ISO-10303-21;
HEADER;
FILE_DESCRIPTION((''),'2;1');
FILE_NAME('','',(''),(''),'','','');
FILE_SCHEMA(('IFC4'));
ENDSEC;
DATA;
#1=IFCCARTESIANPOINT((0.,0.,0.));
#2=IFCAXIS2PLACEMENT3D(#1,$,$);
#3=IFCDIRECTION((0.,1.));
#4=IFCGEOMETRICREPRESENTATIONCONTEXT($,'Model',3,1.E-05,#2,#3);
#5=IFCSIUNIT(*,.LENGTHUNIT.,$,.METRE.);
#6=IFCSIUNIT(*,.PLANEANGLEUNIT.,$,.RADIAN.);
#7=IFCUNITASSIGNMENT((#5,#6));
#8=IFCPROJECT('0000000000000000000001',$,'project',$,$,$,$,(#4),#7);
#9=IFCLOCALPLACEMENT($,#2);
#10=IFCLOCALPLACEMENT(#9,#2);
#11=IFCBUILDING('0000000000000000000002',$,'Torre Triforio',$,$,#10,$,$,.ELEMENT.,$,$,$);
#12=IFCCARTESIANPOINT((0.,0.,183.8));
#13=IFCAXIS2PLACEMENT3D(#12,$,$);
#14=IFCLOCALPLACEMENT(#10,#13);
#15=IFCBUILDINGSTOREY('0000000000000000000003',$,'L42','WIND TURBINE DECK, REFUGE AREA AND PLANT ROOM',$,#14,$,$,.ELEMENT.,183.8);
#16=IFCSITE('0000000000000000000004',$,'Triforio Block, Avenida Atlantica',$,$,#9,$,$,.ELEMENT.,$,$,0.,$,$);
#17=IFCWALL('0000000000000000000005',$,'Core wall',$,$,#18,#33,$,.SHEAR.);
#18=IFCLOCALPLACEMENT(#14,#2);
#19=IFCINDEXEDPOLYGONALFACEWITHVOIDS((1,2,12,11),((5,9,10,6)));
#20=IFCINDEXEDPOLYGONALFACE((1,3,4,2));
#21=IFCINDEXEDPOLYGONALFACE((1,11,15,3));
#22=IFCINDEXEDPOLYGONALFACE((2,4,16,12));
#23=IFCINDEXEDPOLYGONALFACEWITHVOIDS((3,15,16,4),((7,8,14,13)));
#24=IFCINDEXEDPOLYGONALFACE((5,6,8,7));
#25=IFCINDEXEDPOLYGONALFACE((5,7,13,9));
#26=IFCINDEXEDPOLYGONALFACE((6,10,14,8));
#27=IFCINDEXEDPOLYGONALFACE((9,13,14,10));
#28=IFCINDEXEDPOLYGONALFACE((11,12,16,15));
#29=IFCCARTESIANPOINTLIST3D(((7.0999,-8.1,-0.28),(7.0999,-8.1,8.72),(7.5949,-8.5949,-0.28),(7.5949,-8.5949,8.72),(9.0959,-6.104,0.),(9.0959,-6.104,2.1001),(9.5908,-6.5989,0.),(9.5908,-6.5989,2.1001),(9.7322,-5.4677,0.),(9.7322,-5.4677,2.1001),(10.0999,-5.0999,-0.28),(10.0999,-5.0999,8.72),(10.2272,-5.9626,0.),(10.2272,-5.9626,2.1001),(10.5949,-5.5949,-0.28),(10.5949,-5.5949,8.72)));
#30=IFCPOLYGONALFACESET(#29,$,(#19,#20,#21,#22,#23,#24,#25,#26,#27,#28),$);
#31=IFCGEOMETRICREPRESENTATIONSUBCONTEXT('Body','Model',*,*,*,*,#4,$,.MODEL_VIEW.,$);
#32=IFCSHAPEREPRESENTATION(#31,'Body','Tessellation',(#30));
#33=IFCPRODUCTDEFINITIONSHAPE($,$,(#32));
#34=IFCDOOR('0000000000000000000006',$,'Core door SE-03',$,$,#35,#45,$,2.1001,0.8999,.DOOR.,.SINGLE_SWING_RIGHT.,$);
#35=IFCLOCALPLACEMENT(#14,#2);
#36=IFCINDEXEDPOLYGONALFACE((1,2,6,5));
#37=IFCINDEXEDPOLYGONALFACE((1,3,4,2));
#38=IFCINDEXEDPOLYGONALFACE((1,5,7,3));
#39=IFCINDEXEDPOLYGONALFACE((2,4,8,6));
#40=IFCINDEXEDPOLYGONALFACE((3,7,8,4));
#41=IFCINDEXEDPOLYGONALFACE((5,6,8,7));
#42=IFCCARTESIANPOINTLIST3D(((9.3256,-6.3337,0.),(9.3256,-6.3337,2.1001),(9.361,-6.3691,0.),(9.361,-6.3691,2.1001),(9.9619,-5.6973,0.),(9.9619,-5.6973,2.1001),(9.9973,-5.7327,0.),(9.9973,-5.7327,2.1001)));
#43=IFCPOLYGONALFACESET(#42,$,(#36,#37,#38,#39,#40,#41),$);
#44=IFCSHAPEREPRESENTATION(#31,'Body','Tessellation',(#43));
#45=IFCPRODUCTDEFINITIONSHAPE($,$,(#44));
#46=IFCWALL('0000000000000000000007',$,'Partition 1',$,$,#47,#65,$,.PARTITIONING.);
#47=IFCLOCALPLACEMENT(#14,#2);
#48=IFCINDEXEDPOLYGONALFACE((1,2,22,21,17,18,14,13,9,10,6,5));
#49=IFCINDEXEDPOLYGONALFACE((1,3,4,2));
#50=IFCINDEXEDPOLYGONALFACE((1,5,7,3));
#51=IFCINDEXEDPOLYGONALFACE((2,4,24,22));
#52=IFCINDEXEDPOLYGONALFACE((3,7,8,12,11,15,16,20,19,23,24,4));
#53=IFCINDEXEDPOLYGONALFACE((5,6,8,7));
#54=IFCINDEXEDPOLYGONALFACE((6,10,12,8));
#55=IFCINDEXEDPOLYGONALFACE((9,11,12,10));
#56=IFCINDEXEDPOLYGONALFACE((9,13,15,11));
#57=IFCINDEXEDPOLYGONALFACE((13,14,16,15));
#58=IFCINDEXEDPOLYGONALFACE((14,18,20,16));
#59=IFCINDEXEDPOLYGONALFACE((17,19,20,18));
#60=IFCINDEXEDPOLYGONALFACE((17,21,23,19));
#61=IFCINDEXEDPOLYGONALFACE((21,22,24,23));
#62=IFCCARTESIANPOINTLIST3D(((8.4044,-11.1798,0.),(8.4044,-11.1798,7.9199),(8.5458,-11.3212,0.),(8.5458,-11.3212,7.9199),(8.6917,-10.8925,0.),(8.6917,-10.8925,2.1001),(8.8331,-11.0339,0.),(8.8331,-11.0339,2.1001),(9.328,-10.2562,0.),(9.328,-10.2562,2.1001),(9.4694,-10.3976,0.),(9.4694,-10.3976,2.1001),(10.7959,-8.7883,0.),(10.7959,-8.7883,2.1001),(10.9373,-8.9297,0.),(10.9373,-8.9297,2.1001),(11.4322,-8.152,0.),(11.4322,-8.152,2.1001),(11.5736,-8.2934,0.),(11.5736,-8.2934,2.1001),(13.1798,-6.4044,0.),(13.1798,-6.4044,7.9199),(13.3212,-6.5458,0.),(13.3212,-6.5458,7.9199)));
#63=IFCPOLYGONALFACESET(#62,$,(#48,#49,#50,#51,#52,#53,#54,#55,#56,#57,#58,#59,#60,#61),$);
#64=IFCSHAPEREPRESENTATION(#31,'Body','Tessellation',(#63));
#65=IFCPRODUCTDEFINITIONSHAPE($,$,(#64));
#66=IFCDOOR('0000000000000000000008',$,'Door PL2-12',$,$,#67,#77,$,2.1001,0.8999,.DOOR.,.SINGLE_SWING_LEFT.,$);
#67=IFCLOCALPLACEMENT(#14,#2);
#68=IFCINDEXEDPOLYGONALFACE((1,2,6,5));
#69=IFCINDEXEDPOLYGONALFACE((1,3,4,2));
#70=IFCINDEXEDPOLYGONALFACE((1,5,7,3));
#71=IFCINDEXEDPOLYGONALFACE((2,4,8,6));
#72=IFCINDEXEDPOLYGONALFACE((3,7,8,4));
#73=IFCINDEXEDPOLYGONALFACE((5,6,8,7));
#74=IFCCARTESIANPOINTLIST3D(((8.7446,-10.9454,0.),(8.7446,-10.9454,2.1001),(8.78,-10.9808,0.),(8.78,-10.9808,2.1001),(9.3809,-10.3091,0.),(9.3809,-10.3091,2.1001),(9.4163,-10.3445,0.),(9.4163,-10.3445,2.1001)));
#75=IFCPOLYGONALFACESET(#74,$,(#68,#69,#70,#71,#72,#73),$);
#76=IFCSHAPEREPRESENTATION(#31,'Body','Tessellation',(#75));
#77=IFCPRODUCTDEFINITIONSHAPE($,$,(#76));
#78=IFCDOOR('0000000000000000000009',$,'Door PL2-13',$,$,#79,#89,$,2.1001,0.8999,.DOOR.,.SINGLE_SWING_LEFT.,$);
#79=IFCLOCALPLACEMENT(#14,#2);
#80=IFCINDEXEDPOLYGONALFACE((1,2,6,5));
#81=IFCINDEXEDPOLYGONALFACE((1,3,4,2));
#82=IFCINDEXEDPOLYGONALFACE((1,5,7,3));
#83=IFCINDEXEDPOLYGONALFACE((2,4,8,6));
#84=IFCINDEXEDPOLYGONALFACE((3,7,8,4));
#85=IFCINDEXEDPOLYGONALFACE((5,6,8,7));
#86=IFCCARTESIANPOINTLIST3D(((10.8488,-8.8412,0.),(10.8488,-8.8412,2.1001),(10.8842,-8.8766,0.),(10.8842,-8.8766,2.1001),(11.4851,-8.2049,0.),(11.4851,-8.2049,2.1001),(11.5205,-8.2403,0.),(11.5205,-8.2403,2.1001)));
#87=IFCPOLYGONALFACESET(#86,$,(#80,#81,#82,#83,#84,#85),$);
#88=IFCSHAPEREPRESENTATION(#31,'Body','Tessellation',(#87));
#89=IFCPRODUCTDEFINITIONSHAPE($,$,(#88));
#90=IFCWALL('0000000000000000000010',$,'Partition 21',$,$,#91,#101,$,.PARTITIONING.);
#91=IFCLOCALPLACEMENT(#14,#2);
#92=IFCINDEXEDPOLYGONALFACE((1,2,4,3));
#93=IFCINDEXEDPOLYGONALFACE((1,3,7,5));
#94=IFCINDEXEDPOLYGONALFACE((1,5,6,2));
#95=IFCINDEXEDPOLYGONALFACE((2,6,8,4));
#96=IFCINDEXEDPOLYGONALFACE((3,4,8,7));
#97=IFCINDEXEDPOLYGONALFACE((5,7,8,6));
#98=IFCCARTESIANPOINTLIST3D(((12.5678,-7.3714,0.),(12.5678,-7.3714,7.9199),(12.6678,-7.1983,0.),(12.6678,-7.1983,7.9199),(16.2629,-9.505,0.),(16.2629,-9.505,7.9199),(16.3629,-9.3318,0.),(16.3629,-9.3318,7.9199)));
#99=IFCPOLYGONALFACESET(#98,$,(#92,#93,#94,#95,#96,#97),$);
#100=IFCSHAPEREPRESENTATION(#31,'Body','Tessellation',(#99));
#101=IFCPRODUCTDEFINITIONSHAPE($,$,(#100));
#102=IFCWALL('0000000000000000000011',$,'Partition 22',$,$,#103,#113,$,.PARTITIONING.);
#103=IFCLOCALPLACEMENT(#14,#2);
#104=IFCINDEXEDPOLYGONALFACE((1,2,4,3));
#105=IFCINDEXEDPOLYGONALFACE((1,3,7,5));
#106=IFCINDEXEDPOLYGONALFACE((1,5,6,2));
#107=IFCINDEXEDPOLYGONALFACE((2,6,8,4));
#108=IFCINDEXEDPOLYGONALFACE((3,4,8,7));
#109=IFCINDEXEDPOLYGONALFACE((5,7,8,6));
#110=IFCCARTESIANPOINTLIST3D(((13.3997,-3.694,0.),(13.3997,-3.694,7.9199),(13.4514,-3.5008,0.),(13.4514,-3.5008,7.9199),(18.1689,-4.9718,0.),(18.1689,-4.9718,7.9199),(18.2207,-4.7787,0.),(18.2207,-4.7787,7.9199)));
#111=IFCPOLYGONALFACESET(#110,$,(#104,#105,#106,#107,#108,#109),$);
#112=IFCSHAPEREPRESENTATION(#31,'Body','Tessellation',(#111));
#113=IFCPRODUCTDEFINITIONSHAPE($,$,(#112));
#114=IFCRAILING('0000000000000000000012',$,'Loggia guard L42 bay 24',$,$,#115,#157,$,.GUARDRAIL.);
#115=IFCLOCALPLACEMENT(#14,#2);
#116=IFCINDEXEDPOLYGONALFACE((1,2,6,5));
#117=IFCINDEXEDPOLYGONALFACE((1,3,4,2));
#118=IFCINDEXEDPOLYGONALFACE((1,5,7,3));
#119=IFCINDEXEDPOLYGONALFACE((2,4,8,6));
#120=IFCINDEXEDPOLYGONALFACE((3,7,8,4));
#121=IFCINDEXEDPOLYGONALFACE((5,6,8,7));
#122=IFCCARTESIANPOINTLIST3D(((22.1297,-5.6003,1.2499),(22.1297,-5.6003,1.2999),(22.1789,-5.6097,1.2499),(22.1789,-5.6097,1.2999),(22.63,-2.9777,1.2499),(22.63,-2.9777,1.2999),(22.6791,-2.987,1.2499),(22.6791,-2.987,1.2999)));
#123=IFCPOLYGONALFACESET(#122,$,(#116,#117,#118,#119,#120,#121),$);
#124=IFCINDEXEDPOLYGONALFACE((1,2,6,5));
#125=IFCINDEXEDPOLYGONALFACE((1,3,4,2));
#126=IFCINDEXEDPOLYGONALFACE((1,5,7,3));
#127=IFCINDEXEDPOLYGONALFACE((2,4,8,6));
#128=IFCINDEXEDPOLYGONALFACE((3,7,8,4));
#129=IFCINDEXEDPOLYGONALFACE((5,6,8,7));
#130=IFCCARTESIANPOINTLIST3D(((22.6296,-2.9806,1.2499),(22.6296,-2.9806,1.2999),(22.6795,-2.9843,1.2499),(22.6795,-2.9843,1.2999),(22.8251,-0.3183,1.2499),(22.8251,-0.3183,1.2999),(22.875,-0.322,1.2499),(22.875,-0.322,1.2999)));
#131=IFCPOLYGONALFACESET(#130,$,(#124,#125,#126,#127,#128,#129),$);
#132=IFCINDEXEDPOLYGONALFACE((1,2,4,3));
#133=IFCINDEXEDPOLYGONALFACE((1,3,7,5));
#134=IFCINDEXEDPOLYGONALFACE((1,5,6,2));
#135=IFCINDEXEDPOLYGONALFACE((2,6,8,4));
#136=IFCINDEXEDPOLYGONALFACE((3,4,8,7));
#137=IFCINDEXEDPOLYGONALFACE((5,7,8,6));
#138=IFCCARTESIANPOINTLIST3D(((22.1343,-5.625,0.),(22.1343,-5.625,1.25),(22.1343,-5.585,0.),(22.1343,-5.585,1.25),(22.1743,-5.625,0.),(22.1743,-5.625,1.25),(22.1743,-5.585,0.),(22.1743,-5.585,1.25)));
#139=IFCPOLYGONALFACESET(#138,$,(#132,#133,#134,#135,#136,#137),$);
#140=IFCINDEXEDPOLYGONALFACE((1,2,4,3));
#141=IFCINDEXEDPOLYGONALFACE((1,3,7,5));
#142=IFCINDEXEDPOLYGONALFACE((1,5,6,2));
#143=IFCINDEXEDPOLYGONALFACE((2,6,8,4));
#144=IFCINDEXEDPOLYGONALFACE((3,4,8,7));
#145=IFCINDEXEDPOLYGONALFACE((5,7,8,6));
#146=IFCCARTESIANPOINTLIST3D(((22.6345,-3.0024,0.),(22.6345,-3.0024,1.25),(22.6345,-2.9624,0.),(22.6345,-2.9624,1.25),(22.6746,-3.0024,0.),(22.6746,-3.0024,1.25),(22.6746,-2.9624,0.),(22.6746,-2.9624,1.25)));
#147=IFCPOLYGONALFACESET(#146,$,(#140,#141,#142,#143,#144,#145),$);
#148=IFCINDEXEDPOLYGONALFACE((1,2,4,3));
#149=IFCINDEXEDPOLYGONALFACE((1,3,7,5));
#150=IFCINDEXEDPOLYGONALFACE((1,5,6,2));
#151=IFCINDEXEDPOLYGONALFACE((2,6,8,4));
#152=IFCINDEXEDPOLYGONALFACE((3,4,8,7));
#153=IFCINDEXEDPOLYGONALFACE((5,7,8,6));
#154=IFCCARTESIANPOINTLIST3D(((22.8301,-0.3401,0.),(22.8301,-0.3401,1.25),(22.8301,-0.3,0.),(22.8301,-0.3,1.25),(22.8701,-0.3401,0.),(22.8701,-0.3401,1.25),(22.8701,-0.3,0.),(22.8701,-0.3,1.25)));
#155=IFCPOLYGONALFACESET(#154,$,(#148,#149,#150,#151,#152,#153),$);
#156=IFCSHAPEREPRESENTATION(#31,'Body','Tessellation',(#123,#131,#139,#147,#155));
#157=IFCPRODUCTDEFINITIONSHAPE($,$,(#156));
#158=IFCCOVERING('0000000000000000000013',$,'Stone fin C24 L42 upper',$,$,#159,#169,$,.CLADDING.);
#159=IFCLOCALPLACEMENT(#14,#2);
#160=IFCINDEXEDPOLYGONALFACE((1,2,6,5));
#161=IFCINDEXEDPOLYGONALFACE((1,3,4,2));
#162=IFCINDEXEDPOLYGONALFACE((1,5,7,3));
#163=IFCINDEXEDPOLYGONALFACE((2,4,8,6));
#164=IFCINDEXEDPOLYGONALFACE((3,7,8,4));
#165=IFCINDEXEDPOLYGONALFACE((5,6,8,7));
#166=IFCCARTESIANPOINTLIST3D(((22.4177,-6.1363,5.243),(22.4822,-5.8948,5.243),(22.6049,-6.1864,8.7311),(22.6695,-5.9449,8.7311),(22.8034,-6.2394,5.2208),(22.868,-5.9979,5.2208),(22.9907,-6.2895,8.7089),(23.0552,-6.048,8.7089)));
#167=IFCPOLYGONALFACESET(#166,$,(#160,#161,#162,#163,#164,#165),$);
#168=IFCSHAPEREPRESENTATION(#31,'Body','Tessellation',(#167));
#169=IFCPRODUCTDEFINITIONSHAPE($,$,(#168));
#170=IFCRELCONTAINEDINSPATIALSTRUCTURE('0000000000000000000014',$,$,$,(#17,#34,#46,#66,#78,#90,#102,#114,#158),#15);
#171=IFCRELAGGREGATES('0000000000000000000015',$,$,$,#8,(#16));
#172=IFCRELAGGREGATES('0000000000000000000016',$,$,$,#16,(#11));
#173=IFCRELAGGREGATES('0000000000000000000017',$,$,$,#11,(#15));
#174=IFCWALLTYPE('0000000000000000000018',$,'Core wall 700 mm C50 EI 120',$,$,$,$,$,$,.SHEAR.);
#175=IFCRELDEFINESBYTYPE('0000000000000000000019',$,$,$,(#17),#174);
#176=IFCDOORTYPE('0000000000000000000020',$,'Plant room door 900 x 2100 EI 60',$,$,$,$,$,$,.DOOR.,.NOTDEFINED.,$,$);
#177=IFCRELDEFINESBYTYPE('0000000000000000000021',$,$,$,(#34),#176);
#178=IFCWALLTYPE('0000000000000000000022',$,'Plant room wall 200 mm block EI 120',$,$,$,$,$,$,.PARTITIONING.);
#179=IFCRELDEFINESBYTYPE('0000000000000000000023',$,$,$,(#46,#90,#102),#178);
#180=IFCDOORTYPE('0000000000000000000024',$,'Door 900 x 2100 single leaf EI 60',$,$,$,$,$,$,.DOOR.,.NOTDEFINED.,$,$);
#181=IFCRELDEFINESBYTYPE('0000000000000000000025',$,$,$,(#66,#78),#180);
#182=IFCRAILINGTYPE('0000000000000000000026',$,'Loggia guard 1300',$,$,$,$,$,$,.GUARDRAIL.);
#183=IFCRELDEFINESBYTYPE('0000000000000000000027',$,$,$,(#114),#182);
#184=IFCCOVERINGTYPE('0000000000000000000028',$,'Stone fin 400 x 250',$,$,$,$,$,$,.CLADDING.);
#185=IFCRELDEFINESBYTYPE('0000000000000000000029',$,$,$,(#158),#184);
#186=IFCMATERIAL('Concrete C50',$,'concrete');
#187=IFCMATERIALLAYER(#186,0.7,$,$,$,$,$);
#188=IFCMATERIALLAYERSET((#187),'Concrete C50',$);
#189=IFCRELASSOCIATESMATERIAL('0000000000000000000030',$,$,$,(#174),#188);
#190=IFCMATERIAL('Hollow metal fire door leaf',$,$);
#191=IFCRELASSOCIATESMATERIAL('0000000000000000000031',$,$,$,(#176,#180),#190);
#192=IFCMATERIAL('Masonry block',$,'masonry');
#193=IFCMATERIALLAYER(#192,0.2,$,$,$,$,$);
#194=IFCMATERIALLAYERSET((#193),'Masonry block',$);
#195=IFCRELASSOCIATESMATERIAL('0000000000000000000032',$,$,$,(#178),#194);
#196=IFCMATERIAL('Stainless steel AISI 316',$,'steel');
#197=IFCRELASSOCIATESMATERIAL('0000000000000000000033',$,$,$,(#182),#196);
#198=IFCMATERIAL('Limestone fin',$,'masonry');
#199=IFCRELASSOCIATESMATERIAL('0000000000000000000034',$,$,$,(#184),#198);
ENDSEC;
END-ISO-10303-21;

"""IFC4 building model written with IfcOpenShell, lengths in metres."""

from ifc_helpers import new_model, si_unit, direction, frame, frame_2d, origin, origin_2d, place, context, subcontext, project, spatial, rectangle, extrude, material, layer, layer_set, material_profile, profile_set, type_object, element, fill, save


model = new_model("IFC4")

# Units and contexts
model_context = context("Model", 3, precision=1e-05, world=origin(), true_north=direction((0.0, 1.0)))
body_context = subcontext(model_context, "Body", "Model", "MODEL_VIEW")
ifc_project = project(units=[si_unit("LENGTHUNIT", "METRE"), si_unit("PLANEANGLEUNIT", "RADIAN")], contexts=[model_context])

# Site, building, storey
site_placement = place(None, origin())
site = spatial("IfcSite", under=ifc_project, at=site_placement, Name="Triforio Block, Avenida Atlantica", CompositionType="ELEMENT", RefElevation=0.0)
building_placement = place(site_placement, origin())
building = spatial("IfcBuilding", under=site, at=building_placement, Name="Torre Triforio", CompositionType="ELEMENT")
storey_placement = place(building_placement, frame((0.0, 0.0, 183.8)))
storey = spatial("IfcBuildingStorey", under=building, at=storey_placement, Name="L42", Description="WIND TURBINE DECK, REFUGE AREA AND PLANT ROOM", CompositionType="ELEMENT", Elevation=183.8)

# Shared definitions
ifc_material_1 = material(Name="Concrete C50", Category="concrete")

# Shared definitions
ifc_layer_1 = layer(ifc_material_1, 0.7)
ifc_layer_set_1 = layer_set([ifc_layer_1], Name="Concrete C50")
wall_type_1 = type_object("IfcWallType", Name="Core wall 700 mm C50 EI 120", PredefinedType="SHEAR", material=ifc_layer_set_1)
ifc_material_2 = material(Name="Hollow metal fire door leaf")

# Wall, opening, door
wall_1_placement = place(storey_placement, frame((10.3474, -5.3474, -0.28), z_axis=(0.0, 0.0, 1.0), x_axis=(-0.707107, -0.707107, 0.0)))
wall_1 = element("IfcWall", 1, at=wall_1_placement, inside=storey, type_object=wall_type_1, Name="Core wall", PredefinedType="SHEAR", context=body_context, shape_type="SweptSolid", body=[
    extrude(rectangle(XDim=4.2427, YDim=0.7, at=frame_2d((2.1213, 0.0))), origin(), (0.0, 0.0, 1.0), 9.0),
])
opening_1_placement = place(wall_1_placement, frame((0.52, 0.0, 0.28)))
opening_1 = element("IfcOpeningElement", 2, at=opening_1_placement, cuts=wall_1, PredefinedType="OPENING", context=body_context, shape_type="SweptSolid", body=[
    extrude(rectangle(XDim=0.8999, YDim=2.1001, at=frame_2d((0.45, 1.05))), frame((0.0, 0.3599, 0.0), z_axis=(0.0, -1.0, 0.0), x_axis=(1.0, 0.0, 0.0)), (0.0, 0.0, 1.0), 0.72),
])
door_type_1 = type_object("IfcDoorType", Name="Plant room door 900 x 2100 EI 60", OperationType="NOTDEFINED", PredefinedType="DOOR", material=ifc_material_2)
door_1_placement = place(opening_1_placement, origin())
door_1 = element("IfcDoor", 3, at=door_1_placement, inside=storey, type_object=door_type_1, Name="Core door SE-03", OperationType="SINGLE_SWING_RIGHT", OverallHeight=2.1001, OverallWidth=0.8999, PredefinedType="DOOR", context=body_context, shape_type="SweptSolid", body=[
    extrude(rectangle(XDim=0.8999, YDim=2.1001, at=frame_2d((0.45, 1.05))), frame((0.0, 0.0249, 0.0), z_axis=(0.0, -1.0, 0.0), x_axis=(1.0, 0.0, 0.0)), (0.0, 0.0, 1.0), 0.05),
])
fill(opening_1, door_1)

# Wall, openings, doors
ifc_material_3 = material(Name="Masonry block", Category="masonry")
ifc_layer_2 = layer(ifc_material_3, 0.2)
ifc_layer_set_2 = layer_set([ifc_layer_2], Name="Masonry block")
wall_type_2 = type_object("IfcWallType", Name="Plant room wall 200 mm block EI 120", PredefinedType="PARTITIONING", material=ifc_layer_set_2)
wall_2_placement = place(storey_placement, frame((13.2505, -6.4751, 0.0), z_axis=(0.0, 0.0, 1.0), x_axis=(-0.707107, -0.707107, 0.0)))
wall_2 = element("IfcWall", 4, at=wall_2_placement, inside=storey, type_object=wall_type_2, Name="Partition 1", PredefinedType="PARTITIONING", context=body_context, shape_type="SweptSolid", body=[
    extrude(rectangle(XDim=6.7534, YDim=0.2, at=frame_2d((3.3767, 0.0))), origin(), (0.0, 0.0, 1.0), 7.9199),
])
opening_2_placement = place(wall_2_placement, frame((5.4473, 0.0, 0.0)))
opening_2 = element("IfcOpeningElement", 5, at=opening_2_placement, cuts=wall_2, PredefinedType="OPENING", context=body_context, shape_type="SweptSolid", body=[
    extrude(rectangle(XDim=0.8999, YDim=2.1001, at=frame_2d((0.45, 1.05))), frame((0.0, 0.1099, 0.0), z_axis=(0.0, -1.0, 0.0), x_axis=(1.0, 0.0, 0.0)), (0.0, 0.0, 1.0), 0.22),
])
opening_3_placement = place(wall_2_placement, frame((2.4714, 0.0, 0.0)))
opening_3 = element("IfcOpeningElement", 6, at=opening_3_placement, cuts=wall_2, PredefinedType="OPENING", context=body_context, shape_type="SweptSolid", body=[
    extrude(rectangle(XDim=0.8999, YDim=2.1001, at=frame_2d((0.45, 1.05))), frame((0.0, 0.1099, 0.0), z_axis=(0.0, -1.0, 0.0), x_axis=(1.0, 0.0, 0.0)), (0.0, 0.0, 1.0), 0.22),
])
door_type_2 = type_object("IfcDoorType", Name="Door 900 x 2100 single leaf EI 60", OperationType="NOTDEFINED", PredefinedType="DOOR", material=ifc_material_2)
door_2_placement = place(opening_2_placement, origin())
door_2 = element("IfcDoor", 7, at=door_2_placement, inside=storey, type_object=door_type_2, Name="Door PL2-12", OperationType="SINGLE_SWING_LEFT", OverallHeight=2.1001, OverallWidth=0.8999, PredefinedType="DOOR", context=body_context, shape_type="SweptSolid", body=[
    extrude(rectangle(XDim=0.8999, YDim=2.1001, at=frame_2d((0.45, 1.05))), frame((0.0, 0.0249, 0.0), z_axis=(0.0, -1.0, 0.0), x_axis=(1.0, 0.0, 0.0)), (0.0, 0.0, 1.0), 0.05),
])
fill(opening_2, door_2)
door_3_placement = place(opening_3_placement, origin())
door_3 = element("IfcDoor", 8, at=door_3_placement, inside=storey, type_object=door_type_2, Name="Door PL2-13", OperationType="SINGLE_SWING_LEFT", OverallHeight=2.1001, OverallWidth=0.8999, PredefinedType="DOOR", context=body_context, shape_type="SweptSolid", body=[
    extrude(rectangle(XDim=0.8999, YDim=2.1001, at=frame_2d((0.45, 1.05))), frame((0.0, 0.0249, 0.0), z_axis=(0.0, -1.0, 0.0), x_axis=(1.0, 0.0, 0.0)), (0.0, 0.0, 1.0), 0.05),
])
fill(opening_3, door_3)

# Walls
wall_3_placement = place(storey_placement, frame((12.6179, -7.2849, 0.0), z_axis=(0.0, 0.0, 1.0), x_axis=(0.866005, -0.500034, 0.0)))
element("IfcWall", 9, at=wall_3_placement, inside=storey, type_object=wall_type_2, Name="Partition 21", PredefinedType="PARTITIONING", context=body_context, shape_type="SweptSolid", body=[
    extrude(rectangle(XDim=4.2668, YDim=0.2, at=frame_2d((2.1333, 0.0))), origin(), (0.0, 0.0, 1.0), 7.9199),
])
wall_4_placement = place(storey_placement, frame((13.4255, -3.5974, 0.0), z_axis=(0.0, 0.0, 1.0), x_axis=(0.965931, -0.258801, 0.0)))
element("IfcWall", 10, at=wall_4_placement, inside=storey, type_object=wall_type_2, Name="Partition 22", PredefinedType="PARTITIONING", context=body_context, shape_type="SweptSolid", body=[
    extrude(rectangle(XDim=4.9375, YDim=0.2, at=frame_2d((2.4688, 0.0))), origin(), (0.0, 0.0, 1.0), 7.9199),
])

# Railing
ifc_material_4 = material(Name="Stainless steel AISI 316", Category="steel")
railing_type = type_object("IfcRailingType", Name="Loggia guard 1300", PredefinedType="GUARDRAIL", material=ifc_material_4)
railing_placement = place(storey_placement, frame((22.1543, -5.605, 0.0)))
element("IfcRailing", 11, at=railing_placement, inside=storey, type_object=railing_type, Name="Loggia guard L42 bay 24", PredefinedType="GUARDRAIL", context=body_context, shape_type="SweptSolid", body=[
    extrude(rectangle(XDim=0.05, YDim=0.05, at=origin_2d()), frame((0.0, 0.0, 1.2749), z_axis=(0.187368, 0.98229, 0.0), x_axis=(-0.98229, 0.187368, 0.0)), (0.0, 0.0, 1.0), 2.6699),
    extrude(rectangle(XDim=0.05, YDim=0.05, at=origin_2d()), frame((0.5002, 2.6226, 1.2749), z_axis=(0.073255, 0.997313, 0.0), x_axis=(-0.997313, 0.073255, 0.0)), (0.0, 0.0, 1.0), 2.6694),
    extrude(rectangle(XDim=0.04, YDim=0.04, at=origin_2d()), origin(), (0.0, 0.0, 1.0), 1.25),
    extrude(rectangle(XDim=0.04, YDim=0.04, at=origin_2d()), frame((0.5002, 2.6226, 0.0)), (0.0, 0.0, 1.0), 1.25),
    extrude(rectangle(XDim=0.04, YDim=0.04, at=origin_2d()), frame((0.6958, 5.2849, 0.0)), (0.0, 0.0, 1.0), 1.25),
])

# Covering
ifc_material_5 = material(Name="Limestone fin", Category="masonry")
ifc_material_profile_1 = material_profile(ifc_material_5, rectangle(XDim=0.3999, YDim=0.25, at=origin_2d()), Name="FIN 400x250")
ifc_profile_set_1 = profile_set([ifc_material_profile_1], Name="Limestone fin")
covering_type_1 = type_object("IfcCoveringType", Name="Stone fin 400 x 250", PredefinedType="CLADDING", material=ifc_profile_set_1)
covering_1_placement = place(storey_placement, frame((22.6428, -6.0671, 5.2319), z_axis=(0.053602, -0.014327, 0.99846), x_axis=(-0.9646, 0.257814, 0.055484)))
element("IfcCovering", 12, at=covering_1_placement, inside=storey, type_object=covering_type_1, Name="Stone fin C24 L42 upper", PredefinedType="CLADDING", context=body_context, shape_type="SweptSolid", body=[
    extrude(rectangle(XDim=0.3999, YDim=0.25, at=origin_2d()), origin(), (0.0, 0.0, 1.0), 3.4934),
])

save(model, "model.ifc")
